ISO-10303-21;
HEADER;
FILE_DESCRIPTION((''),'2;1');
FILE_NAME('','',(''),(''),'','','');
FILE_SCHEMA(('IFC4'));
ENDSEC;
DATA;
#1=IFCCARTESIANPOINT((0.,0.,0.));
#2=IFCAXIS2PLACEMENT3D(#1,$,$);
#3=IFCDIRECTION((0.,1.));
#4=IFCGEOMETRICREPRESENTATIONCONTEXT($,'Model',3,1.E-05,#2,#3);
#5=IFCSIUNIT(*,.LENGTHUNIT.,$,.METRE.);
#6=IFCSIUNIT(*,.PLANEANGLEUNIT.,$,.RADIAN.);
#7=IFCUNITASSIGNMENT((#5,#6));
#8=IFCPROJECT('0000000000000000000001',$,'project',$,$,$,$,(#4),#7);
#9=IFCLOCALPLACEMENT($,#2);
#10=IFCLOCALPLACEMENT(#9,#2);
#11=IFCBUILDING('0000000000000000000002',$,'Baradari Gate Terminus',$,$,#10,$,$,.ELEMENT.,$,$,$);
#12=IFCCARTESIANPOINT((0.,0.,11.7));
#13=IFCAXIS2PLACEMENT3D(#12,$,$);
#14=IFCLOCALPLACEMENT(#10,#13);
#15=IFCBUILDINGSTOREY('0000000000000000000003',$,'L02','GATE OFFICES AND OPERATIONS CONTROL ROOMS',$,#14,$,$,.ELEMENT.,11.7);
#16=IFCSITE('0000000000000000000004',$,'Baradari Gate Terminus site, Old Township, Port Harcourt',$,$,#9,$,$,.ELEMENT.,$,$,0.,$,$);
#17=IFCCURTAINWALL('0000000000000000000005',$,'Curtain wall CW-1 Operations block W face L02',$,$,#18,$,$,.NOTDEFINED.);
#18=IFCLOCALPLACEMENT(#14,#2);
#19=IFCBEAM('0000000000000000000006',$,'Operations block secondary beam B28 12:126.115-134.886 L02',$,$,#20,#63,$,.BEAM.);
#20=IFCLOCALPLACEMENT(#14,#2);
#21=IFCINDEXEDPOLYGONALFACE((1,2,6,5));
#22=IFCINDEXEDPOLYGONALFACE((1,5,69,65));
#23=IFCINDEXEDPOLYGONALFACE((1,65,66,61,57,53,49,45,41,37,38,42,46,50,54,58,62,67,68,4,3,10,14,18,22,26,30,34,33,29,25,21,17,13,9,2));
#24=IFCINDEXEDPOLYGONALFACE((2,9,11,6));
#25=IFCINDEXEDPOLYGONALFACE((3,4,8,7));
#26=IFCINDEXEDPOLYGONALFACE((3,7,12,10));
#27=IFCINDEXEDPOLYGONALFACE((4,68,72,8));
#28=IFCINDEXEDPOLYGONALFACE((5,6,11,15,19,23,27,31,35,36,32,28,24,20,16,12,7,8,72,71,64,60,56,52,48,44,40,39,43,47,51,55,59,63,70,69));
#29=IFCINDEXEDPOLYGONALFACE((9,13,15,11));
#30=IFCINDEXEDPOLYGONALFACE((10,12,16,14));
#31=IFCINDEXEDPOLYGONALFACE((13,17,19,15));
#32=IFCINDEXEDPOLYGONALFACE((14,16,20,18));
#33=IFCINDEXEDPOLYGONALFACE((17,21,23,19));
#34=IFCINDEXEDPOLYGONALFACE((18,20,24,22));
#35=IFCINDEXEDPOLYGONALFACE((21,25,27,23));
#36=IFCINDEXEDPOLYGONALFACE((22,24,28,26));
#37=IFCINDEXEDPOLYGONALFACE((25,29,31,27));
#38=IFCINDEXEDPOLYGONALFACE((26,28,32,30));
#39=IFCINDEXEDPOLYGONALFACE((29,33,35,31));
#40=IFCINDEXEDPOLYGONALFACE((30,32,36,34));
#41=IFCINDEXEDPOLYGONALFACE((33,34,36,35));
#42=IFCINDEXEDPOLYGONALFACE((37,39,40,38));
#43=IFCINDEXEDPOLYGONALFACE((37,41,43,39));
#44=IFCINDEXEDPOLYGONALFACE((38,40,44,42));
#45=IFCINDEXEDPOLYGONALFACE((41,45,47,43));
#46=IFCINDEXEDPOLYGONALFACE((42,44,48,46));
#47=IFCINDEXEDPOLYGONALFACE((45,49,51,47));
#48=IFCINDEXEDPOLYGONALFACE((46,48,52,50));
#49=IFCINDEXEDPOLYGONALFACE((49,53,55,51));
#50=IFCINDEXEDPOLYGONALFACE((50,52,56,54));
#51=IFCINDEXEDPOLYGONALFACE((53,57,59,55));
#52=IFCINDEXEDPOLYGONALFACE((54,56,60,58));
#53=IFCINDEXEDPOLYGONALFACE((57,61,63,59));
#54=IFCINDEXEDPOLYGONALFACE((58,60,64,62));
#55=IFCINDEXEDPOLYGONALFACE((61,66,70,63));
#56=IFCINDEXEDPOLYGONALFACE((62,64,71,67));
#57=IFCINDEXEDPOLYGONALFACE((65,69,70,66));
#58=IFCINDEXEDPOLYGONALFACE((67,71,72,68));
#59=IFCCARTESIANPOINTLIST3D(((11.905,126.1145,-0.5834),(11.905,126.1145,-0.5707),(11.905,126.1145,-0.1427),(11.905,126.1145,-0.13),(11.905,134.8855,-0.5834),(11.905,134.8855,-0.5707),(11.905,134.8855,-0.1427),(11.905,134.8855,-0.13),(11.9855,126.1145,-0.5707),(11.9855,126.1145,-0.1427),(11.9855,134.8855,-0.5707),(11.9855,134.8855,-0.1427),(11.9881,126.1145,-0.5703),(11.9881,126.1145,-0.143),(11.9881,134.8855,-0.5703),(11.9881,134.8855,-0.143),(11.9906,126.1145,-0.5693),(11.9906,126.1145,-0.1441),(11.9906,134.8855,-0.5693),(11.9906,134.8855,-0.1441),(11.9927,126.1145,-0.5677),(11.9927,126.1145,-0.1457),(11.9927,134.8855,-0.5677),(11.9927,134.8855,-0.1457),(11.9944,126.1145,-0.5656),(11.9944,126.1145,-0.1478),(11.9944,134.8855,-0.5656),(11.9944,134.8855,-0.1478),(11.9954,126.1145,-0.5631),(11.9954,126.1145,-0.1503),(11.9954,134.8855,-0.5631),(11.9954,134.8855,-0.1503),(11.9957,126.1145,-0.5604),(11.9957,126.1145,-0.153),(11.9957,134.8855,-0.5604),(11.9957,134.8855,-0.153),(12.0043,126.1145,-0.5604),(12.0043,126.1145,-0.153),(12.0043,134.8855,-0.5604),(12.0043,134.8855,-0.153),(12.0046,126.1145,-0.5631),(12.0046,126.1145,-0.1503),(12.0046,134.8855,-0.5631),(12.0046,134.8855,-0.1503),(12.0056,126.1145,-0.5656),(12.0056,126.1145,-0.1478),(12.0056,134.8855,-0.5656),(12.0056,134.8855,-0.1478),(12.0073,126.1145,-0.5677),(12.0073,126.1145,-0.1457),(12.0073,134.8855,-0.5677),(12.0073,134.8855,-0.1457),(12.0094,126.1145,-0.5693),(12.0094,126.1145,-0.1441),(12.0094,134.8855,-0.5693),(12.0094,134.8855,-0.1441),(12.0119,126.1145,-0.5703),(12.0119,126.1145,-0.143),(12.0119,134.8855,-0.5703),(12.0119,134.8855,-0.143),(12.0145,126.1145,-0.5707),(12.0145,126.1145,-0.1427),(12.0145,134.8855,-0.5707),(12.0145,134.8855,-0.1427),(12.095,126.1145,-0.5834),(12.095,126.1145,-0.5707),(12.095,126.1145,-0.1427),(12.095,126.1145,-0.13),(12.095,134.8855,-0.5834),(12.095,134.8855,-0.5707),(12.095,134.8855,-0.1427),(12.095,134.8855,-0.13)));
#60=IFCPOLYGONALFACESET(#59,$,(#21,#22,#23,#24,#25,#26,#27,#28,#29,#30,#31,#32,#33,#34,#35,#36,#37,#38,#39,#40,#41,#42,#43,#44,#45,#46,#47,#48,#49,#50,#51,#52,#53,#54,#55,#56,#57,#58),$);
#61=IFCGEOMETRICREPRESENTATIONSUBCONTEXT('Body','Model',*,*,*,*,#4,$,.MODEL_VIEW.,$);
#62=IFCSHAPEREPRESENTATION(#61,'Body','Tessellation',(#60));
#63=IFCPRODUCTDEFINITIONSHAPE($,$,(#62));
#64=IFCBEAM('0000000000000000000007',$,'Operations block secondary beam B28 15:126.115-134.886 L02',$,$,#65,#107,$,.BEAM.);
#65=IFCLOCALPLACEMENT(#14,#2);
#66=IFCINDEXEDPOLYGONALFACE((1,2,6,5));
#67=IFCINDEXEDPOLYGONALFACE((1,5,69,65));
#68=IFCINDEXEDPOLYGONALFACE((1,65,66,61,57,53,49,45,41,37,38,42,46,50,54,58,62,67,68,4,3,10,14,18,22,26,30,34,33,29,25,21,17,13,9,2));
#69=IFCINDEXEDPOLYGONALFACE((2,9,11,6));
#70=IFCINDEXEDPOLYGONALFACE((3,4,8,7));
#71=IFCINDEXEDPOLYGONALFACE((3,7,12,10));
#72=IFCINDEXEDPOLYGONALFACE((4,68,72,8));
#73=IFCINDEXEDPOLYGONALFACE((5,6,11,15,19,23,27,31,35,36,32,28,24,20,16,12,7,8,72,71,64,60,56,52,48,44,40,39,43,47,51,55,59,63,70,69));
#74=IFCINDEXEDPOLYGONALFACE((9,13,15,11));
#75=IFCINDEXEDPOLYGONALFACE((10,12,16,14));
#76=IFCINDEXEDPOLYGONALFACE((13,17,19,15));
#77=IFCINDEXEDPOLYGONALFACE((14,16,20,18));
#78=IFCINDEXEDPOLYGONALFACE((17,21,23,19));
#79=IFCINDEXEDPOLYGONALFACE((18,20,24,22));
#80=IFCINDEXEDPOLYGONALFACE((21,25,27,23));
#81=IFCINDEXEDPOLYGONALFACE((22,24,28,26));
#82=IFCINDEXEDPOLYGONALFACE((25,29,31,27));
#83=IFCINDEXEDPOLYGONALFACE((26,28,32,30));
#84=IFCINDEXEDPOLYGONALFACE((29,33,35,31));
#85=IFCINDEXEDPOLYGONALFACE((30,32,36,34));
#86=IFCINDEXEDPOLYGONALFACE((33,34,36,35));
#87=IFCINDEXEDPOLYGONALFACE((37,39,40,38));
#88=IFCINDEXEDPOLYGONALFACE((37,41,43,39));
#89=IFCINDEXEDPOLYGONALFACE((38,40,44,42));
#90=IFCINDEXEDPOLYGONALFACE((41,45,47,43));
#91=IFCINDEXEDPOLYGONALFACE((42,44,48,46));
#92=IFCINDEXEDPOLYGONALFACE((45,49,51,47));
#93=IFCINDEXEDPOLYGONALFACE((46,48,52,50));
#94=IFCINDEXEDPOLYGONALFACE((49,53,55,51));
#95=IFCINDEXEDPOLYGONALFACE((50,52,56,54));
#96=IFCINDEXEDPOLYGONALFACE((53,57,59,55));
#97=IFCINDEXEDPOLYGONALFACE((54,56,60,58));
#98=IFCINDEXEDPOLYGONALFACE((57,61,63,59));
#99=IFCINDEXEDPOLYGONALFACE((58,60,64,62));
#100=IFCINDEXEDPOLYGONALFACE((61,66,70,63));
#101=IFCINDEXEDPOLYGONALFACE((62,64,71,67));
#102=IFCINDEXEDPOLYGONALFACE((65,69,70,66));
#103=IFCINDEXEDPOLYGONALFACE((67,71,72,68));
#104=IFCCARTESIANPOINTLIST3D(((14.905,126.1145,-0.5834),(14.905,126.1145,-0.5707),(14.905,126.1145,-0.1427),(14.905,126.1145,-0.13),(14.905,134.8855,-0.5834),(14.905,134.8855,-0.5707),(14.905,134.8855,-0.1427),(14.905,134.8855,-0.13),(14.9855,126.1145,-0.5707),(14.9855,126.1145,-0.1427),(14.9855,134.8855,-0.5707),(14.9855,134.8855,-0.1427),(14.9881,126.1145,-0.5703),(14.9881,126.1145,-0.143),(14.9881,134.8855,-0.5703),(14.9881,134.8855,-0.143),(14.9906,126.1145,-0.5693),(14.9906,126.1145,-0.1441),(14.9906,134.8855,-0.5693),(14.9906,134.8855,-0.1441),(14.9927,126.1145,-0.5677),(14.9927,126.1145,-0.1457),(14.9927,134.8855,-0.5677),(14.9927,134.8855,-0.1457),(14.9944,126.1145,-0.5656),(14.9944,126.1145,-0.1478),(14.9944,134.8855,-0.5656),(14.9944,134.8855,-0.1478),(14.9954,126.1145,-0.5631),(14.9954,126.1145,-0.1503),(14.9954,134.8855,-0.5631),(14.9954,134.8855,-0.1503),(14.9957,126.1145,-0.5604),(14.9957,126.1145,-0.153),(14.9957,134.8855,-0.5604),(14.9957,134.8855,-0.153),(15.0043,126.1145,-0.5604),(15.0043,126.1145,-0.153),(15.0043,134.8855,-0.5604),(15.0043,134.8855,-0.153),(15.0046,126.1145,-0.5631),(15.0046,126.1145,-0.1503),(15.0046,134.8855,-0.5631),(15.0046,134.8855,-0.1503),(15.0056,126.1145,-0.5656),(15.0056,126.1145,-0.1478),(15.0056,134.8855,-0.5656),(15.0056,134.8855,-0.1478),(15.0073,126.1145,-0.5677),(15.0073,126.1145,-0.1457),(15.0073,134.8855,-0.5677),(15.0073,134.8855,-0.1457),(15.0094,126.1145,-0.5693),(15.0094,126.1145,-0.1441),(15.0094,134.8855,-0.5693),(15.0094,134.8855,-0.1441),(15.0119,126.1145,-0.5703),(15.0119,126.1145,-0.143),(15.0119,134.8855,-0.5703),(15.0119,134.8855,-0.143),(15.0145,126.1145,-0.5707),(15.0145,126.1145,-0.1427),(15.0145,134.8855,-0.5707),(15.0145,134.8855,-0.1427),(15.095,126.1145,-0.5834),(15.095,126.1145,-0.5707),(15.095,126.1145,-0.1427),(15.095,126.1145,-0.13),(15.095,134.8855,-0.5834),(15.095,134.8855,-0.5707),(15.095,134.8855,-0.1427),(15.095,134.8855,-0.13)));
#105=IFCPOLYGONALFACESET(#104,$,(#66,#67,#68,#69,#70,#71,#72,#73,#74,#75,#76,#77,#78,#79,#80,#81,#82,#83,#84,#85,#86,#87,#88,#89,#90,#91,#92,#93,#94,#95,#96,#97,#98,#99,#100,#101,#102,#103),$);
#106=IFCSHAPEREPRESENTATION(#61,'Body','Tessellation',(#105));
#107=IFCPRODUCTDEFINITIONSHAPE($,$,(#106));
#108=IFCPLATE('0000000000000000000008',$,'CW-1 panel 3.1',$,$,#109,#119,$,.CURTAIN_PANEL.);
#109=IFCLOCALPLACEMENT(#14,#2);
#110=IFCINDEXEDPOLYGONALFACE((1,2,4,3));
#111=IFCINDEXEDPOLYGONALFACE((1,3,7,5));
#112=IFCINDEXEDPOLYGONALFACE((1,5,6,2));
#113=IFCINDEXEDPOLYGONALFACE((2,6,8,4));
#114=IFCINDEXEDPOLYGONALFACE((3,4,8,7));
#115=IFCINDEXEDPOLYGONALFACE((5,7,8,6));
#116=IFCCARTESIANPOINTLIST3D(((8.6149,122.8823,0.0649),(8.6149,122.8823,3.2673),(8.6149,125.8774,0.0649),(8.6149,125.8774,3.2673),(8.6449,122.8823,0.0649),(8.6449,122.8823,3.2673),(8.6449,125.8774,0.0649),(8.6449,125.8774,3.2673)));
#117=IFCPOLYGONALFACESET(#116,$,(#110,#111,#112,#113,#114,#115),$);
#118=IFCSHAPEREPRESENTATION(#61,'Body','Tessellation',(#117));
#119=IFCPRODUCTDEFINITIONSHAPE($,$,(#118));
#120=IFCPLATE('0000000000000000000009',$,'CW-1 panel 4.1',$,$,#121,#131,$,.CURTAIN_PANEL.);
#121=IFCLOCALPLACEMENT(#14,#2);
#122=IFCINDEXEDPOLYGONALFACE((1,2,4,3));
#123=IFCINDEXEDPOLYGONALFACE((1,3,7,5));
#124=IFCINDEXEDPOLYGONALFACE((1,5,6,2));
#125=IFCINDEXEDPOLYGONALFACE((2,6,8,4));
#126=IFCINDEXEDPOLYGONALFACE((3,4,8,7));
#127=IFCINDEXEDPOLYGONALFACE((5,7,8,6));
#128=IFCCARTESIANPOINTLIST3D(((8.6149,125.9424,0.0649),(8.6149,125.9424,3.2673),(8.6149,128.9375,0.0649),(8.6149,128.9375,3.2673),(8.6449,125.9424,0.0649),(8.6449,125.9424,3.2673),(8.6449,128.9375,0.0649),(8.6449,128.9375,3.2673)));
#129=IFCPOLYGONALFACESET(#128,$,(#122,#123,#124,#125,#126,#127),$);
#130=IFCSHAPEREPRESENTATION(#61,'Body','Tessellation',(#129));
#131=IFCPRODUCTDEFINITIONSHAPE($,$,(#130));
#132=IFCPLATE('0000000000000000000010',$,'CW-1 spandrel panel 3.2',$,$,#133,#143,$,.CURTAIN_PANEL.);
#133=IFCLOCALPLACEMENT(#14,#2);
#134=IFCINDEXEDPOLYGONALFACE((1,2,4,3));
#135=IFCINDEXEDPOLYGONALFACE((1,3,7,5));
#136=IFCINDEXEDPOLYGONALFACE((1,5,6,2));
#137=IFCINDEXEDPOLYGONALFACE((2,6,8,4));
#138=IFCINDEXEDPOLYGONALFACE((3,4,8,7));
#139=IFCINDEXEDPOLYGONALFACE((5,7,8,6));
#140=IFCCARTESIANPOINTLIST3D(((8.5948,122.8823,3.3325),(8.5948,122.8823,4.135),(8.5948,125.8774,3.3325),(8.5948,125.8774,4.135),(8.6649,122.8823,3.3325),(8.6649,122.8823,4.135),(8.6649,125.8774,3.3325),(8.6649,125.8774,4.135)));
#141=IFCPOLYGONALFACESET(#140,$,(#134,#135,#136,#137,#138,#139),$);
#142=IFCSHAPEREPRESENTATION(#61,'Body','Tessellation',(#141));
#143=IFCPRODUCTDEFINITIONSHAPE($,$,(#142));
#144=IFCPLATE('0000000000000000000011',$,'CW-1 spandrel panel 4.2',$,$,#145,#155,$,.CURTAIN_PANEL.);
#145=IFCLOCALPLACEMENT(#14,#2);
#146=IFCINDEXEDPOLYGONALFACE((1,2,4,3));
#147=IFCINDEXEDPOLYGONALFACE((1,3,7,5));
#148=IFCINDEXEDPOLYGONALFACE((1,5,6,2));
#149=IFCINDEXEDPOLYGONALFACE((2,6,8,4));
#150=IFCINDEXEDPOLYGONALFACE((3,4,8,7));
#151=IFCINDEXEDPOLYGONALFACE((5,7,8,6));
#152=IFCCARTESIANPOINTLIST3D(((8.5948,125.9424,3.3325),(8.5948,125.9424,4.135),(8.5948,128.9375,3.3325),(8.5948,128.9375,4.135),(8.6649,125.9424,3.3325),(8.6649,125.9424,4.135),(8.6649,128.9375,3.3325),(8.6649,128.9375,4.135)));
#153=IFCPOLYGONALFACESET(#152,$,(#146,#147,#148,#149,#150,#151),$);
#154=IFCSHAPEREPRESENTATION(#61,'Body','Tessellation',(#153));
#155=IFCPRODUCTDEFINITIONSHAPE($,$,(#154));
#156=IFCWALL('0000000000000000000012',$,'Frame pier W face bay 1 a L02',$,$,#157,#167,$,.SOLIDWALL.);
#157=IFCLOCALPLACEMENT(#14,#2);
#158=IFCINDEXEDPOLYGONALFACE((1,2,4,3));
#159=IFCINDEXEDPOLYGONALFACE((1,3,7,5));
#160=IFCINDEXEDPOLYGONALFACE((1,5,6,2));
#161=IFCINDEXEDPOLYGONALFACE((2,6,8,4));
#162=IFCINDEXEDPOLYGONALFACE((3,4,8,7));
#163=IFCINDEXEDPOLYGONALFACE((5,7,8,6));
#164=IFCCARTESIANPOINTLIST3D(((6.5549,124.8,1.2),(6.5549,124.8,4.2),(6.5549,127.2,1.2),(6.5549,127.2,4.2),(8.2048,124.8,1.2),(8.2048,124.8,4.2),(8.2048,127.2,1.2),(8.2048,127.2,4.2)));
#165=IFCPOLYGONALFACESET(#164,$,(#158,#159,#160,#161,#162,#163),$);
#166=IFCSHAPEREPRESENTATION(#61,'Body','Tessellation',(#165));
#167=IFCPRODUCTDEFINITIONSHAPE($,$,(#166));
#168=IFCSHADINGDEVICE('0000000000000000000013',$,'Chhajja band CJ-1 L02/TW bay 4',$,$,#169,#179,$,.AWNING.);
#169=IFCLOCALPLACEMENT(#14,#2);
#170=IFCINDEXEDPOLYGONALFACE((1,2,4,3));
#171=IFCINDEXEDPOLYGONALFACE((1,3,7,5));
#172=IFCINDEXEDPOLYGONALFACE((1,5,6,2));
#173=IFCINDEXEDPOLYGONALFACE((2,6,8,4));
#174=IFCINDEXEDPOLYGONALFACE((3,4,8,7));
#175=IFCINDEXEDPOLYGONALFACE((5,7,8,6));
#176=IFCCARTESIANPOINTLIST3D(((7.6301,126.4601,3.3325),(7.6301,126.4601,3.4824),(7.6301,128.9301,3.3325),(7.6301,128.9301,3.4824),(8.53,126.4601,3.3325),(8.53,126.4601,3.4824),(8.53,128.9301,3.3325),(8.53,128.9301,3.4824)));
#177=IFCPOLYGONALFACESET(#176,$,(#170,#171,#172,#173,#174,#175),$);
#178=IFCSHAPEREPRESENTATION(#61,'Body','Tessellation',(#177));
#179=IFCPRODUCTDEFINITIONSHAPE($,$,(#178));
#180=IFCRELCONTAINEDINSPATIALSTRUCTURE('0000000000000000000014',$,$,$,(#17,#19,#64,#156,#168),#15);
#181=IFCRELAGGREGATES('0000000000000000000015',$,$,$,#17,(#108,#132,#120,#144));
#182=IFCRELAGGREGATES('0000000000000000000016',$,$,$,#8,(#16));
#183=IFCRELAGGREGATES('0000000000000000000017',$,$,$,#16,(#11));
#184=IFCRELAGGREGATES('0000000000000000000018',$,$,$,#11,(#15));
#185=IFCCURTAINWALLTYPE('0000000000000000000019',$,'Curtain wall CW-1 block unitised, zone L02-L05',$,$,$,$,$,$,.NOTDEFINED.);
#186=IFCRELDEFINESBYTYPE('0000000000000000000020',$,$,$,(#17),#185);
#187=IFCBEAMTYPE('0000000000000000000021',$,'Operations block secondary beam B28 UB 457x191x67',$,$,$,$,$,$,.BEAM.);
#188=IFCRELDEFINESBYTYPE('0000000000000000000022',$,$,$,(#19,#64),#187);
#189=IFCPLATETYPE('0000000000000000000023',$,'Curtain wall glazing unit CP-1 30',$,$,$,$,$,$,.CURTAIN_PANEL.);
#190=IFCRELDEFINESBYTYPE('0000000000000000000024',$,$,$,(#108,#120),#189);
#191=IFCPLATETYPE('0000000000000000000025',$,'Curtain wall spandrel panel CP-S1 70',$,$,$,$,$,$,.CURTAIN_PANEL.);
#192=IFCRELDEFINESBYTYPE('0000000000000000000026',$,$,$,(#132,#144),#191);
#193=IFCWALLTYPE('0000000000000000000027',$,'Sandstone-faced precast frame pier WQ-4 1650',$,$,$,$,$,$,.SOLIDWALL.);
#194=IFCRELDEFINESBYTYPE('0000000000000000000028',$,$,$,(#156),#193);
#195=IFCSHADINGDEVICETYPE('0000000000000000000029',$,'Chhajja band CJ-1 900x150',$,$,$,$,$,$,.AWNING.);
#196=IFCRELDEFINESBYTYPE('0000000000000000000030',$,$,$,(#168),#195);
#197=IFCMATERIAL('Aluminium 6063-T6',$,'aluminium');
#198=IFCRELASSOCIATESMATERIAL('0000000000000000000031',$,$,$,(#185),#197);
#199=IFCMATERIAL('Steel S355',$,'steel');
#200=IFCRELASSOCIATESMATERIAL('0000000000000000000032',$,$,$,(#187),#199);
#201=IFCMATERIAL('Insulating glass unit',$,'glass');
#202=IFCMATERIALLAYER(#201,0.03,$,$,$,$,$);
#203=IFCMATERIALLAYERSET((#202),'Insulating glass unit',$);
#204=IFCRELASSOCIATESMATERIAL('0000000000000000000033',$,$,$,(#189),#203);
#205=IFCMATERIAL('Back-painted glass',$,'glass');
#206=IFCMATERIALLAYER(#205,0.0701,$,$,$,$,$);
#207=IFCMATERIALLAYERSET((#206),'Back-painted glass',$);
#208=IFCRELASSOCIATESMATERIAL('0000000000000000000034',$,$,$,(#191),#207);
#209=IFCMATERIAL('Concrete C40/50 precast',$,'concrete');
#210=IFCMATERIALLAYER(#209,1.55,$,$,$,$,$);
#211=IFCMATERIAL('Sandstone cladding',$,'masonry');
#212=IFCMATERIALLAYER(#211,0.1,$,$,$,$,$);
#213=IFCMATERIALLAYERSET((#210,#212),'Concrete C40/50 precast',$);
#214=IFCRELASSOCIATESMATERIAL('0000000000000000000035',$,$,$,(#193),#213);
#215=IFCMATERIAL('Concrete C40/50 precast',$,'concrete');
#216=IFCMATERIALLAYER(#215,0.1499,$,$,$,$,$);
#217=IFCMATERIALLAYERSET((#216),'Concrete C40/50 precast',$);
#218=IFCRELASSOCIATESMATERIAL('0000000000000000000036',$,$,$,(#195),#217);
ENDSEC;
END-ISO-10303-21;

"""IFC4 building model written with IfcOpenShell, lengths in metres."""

from ifc_helpers import new_model, si_unit, direction, frame, frame_2d, origin, origin_2d, place, context, subcontext, project, spatial, rectangle, i_section, extrude, material, layer, layer_set, material_profile, profile_set, type_object, element, aggregate, save


model = new_model("IFC4")

# Units and contexts
model_context = context("Model", 3, precision=1e-05, world=origin(), true_north=direction((0.0, 1.0)))
body_context = subcontext(model_context, "Body", "Model", "MODEL_VIEW")
ifc_project = project(units=[si_unit("LENGTHUNIT", "METRE"), si_unit("PLANEANGLEUNIT", "RADIAN")], contexts=[model_context])

# Site, building, storey
site_placement = place(None, origin())
site = spatial("IfcSite", under=ifc_project, at=site_placement, Name="Baradari Gate Terminus site, Old Township, Port Harcourt", CompositionType="ELEMENT", RefElevation=0.0)
building_placement = place(site_placement, origin())
building = spatial("IfcBuilding", under=site, at=building_placement, Name="Baradari Gate Terminus", CompositionType="ELEMENT")
storey_placement = place(building_placement, frame((0.0, 0.0, 11.7)))
storey = spatial("IfcBuildingStorey", under=building, at=storey_placement, Name="L02", Description="GATE OFFICES AND OPERATIONS CONTROL ROOMS", CompositionType="ELEMENT", Elevation=11.7)

# Curtain wall
ifc_material_1 = material(Name="Aluminium 6063-T6", Category="aluminium")
curtain_wall_type = type_object("IfcCurtainWallType", Name="Curtain wall CW-1 block unitised, zone L02-L05", PredefinedType="NOTDEFINED", material=ifc_material_1)
curtain_wall_placement = place(storey_placement, origin())
curtain_wall = element("IfcCurtainWall", 1, at=curtain_wall_placement, inside=storey, type_object=curtain_wall_type, Name="Curtain wall CW-1 Operations block W face L02", PredefinedType="NOTDEFINED")

# Beams
ifc_material_2 = material(Name="Steel S355", Category="steel")
ifc_material_profile_1 = material_profile(ifc_material_2, i_section(OverallWidth=0.1899, OverallDepth=0.4534, WebThickness=0.0085, FlangeThickness=0.0127, FilletRadius=0.0103, at=origin_2d()), Name="UB 457x191x67")
ifc_profile_set_1 = profile_set([ifc_material_profile_1], Name="Steel S355")
beam_type_1 = type_object("IfcBeamType", Name="Operations block secondary beam B28 UB 457x191x67", PredefinedType="BEAM", material=ifc_profile_set_1)
for number, where, z_axis, x_axis, name in (
    (2, (12.0, 126.1145, -0.3567), (0.0, 1.0, 0.0), (-1.0, 0.0, 0.0), "Operations block secondary beam B28 12:126.115-134.886 L02"),
    (3, (15.0, 126.1145, -0.3567), (0.0, 1.0, 0.0), (-1.0, 0.0, 0.0), "Operations block secondary beam B28 15:126.115-134.886 L02"),
):
    element("IfcBeam", number, at=place(storey_placement, frame(where, z_axis=z_axis, x_axis=x_axis)), inside=storey, type_object=beam_type_1, Name=name, PredefinedType="BEAM", context=body_context, shape_type="SweptSolid", body=[
        extrude(i_section(OverallWidth=0.1899, OverallDepth=0.4534, WebThickness=0.0085, FlangeThickness=0.0127, FilletRadius=0.0103, at=origin_2d()), origin(), (0.0, 0.0, 1.0), 8.771),
    ])

# Plates
ifc_material_3 = material(Name="Insulating glass unit", Category="glass")
ifc_layer_1 = layer(ifc_material_3, 0.03)
ifc_layer_set_1 = layer_set([ifc_layer_1], Name="Insulating glass unit")
plate_type_1 = type_object("IfcPlateType", Name="Curtain wall glazing unit CP-1 30", PredefinedType="CURTAIN_PANEL", material=ifc_layer_set_1)
plate_1_placement = place(storey_placement, frame((8.6299, 124.3799, 0.0649), z_axis=(0.0, 0.0, 1.0), x_axis=(0.0, 1.0, 0.0)))
plate_1 = element("IfcPlate", 4, at=plate_1_placement, type_object=plate_type_1, Name="CW-1 panel 3.1", PredefinedType="CURTAIN_PANEL", context=body_context, shape_type="SweptSolid", body=[
    extrude(rectangle(XDim=2.9951, YDim=0.03, at=origin_2d()), origin(), (0.0, 0.0, 1.0), 3.2024),
])
plate_2_placement = place(storey_placement, frame((8.6299, 127.4399, 0.0649), z_axis=(0.0, 0.0, 1.0), x_axis=(0.0, 1.0, 0.0)))
plate_2 = element("IfcPlate", 5, at=plate_2_placement, type_object=plate_type_1, Name="CW-1 panel 4.1", PredefinedType="CURTAIN_PANEL", context=body_context, shape_type="SweptSolid", body=[
    extrude(rectangle(XDim=2.9951, YDim=0.03, at=origin_2d()), origin(), (0.0, 0.0, 1.0), 3.2024),
])
ifc_material_4 = material(Name="Back-painted glass", Category="glass")
ifc_layer_2 = layer(ifc_material_4, 0.0701)
ifc_layer_set_2 = layer_set([ifc_layer_2], Name="Back-painted glass")
plate_type_2 = type_object("IfcPlateType", Name="Curtain wall spandrel panel CP-S1 70", PredefinedType="CURTAIN_PANEL", material=ifc_layer_set_2)
plate_3_placement = place(storey_placement, frame((8.6299, 124.3799, 3.3325), z_axis=(0.0, 0.0, 1.0), x_axis=(0.0, 1.0, 0.0)))
plate_3 = element("IfcPlate", 6, at=plate_3_placement, type_object=plate_type_2, Name="CW-1 spandrel panel 3.2", PredefinedType="CURTAIN_PANEL", context=body_context, shape_type="SweptSolid", body=[
    extrude(rectangle(XDim=2.9951, YDim=0.0701, at=origin_2d()), origin(), (0.0, 0.0, 1.0), 0.8025),
])
plate_4_placement = place(storey_placement, frame((8.6299, 127.4399, 3.3325), z_axis=(0.0, 0.0, 1.0), x_axis=(0.0, 1.0, 0.0)))
plate_4 = element("IfcPlate", 7, at=plate_4_placement, type_object=plate_type_2, Name="CW-1 spandrel panel 4.2", PredefinedType="CURTAIN_PANEL", context=body_context, shape_type="SweptSolid", body=[
    extrude(rectangle(XDim=2.9951, YDim=0.0701, at=origin_2d()), origin(), (0.0, 0.0, 1.0), 0.8025),
])
aggregate(curtain_wall, [plate_1, plate_3, plate_2, plate_4])

# Wall
ifc_material_5 = material(Name="Concrete C40/50 precast", Category="concrete")
ifc_layer_3 = layer(ifc_material_5, 1.55)
ifc_material_6 = material(Name="Sandstone cladding", Category="masonry")
ifc_layer_4 = layer(ifc_material_6, 0.1)
ifc_layer_set_3 = layer_set([ifc_layer_3, ifc_layer_4], Name="Concrete C40/50 precast")
wall_type = type_object("IfcWallType", Name="Sandstone-faced precast frame pier WQ-4 1650", PredefinedType="SOLIDWALL", material=ifc_layer_set_3)
wall_placement = place(storey_placement, frame((7.3799, 124.8, 1.2), z_axis=(0.0, 0.0, 1.0), x_axis=(0.0, 1.0, 0.0)))
element("IfcWall", 8, at=wall_placement, inside=storey, type_object=wall_type, Name="Frame pier W face bay 1 a L02", PredefinedType="SOLIDWALL", context=body_context, shape_type="SweptSolid", body=[
    extrude(rectangle(XDim=2.3999, YDim=1.6499, at=frame_2d((1.2, 0.0))), origin(), (0.0, 0.0, 1.0), 3.0),
])

# Shading device
ifc_material_7 = material(Name="Concrete C40/50 precast", Category="concrete")
ifc_layer_5 = layer(ifc_material_7, 0.1499)
ifc_layer_set_4 = layer_set([ifc_layer_5], Name="Concrete C40/50 precast")
shading_device_type_1 = type_object("IfcShadingDeviceType", Name="Chhajja band CJ-1 900x150", PredefinedType="AWNING", material=ifc_layer_set_4)
shading_device_1_placement = place(storey_placement, frame((8.0801, 127.6951, 3.3325), z_axis=(0.0, 0.0, 1.0), x_axis=(0.0, 1.0, 0.0)))
element("IfcShadingDevice", 9, at=shading_device_1_placement, inside=storey, type_object=shading_device_type_1, Name="Chhajja band CJ-1 L02/TW bay 4", PredefinedType="AWNING", context=body_context, shape_type="SweptSolid", body=[
    extrude(rectangle(XDim=2.47, YDim=0.8999, at=origin_2d()), origin(), (0.0, 0.0, 1.0), 0.1499),
])

save(model, "model.ifc")
